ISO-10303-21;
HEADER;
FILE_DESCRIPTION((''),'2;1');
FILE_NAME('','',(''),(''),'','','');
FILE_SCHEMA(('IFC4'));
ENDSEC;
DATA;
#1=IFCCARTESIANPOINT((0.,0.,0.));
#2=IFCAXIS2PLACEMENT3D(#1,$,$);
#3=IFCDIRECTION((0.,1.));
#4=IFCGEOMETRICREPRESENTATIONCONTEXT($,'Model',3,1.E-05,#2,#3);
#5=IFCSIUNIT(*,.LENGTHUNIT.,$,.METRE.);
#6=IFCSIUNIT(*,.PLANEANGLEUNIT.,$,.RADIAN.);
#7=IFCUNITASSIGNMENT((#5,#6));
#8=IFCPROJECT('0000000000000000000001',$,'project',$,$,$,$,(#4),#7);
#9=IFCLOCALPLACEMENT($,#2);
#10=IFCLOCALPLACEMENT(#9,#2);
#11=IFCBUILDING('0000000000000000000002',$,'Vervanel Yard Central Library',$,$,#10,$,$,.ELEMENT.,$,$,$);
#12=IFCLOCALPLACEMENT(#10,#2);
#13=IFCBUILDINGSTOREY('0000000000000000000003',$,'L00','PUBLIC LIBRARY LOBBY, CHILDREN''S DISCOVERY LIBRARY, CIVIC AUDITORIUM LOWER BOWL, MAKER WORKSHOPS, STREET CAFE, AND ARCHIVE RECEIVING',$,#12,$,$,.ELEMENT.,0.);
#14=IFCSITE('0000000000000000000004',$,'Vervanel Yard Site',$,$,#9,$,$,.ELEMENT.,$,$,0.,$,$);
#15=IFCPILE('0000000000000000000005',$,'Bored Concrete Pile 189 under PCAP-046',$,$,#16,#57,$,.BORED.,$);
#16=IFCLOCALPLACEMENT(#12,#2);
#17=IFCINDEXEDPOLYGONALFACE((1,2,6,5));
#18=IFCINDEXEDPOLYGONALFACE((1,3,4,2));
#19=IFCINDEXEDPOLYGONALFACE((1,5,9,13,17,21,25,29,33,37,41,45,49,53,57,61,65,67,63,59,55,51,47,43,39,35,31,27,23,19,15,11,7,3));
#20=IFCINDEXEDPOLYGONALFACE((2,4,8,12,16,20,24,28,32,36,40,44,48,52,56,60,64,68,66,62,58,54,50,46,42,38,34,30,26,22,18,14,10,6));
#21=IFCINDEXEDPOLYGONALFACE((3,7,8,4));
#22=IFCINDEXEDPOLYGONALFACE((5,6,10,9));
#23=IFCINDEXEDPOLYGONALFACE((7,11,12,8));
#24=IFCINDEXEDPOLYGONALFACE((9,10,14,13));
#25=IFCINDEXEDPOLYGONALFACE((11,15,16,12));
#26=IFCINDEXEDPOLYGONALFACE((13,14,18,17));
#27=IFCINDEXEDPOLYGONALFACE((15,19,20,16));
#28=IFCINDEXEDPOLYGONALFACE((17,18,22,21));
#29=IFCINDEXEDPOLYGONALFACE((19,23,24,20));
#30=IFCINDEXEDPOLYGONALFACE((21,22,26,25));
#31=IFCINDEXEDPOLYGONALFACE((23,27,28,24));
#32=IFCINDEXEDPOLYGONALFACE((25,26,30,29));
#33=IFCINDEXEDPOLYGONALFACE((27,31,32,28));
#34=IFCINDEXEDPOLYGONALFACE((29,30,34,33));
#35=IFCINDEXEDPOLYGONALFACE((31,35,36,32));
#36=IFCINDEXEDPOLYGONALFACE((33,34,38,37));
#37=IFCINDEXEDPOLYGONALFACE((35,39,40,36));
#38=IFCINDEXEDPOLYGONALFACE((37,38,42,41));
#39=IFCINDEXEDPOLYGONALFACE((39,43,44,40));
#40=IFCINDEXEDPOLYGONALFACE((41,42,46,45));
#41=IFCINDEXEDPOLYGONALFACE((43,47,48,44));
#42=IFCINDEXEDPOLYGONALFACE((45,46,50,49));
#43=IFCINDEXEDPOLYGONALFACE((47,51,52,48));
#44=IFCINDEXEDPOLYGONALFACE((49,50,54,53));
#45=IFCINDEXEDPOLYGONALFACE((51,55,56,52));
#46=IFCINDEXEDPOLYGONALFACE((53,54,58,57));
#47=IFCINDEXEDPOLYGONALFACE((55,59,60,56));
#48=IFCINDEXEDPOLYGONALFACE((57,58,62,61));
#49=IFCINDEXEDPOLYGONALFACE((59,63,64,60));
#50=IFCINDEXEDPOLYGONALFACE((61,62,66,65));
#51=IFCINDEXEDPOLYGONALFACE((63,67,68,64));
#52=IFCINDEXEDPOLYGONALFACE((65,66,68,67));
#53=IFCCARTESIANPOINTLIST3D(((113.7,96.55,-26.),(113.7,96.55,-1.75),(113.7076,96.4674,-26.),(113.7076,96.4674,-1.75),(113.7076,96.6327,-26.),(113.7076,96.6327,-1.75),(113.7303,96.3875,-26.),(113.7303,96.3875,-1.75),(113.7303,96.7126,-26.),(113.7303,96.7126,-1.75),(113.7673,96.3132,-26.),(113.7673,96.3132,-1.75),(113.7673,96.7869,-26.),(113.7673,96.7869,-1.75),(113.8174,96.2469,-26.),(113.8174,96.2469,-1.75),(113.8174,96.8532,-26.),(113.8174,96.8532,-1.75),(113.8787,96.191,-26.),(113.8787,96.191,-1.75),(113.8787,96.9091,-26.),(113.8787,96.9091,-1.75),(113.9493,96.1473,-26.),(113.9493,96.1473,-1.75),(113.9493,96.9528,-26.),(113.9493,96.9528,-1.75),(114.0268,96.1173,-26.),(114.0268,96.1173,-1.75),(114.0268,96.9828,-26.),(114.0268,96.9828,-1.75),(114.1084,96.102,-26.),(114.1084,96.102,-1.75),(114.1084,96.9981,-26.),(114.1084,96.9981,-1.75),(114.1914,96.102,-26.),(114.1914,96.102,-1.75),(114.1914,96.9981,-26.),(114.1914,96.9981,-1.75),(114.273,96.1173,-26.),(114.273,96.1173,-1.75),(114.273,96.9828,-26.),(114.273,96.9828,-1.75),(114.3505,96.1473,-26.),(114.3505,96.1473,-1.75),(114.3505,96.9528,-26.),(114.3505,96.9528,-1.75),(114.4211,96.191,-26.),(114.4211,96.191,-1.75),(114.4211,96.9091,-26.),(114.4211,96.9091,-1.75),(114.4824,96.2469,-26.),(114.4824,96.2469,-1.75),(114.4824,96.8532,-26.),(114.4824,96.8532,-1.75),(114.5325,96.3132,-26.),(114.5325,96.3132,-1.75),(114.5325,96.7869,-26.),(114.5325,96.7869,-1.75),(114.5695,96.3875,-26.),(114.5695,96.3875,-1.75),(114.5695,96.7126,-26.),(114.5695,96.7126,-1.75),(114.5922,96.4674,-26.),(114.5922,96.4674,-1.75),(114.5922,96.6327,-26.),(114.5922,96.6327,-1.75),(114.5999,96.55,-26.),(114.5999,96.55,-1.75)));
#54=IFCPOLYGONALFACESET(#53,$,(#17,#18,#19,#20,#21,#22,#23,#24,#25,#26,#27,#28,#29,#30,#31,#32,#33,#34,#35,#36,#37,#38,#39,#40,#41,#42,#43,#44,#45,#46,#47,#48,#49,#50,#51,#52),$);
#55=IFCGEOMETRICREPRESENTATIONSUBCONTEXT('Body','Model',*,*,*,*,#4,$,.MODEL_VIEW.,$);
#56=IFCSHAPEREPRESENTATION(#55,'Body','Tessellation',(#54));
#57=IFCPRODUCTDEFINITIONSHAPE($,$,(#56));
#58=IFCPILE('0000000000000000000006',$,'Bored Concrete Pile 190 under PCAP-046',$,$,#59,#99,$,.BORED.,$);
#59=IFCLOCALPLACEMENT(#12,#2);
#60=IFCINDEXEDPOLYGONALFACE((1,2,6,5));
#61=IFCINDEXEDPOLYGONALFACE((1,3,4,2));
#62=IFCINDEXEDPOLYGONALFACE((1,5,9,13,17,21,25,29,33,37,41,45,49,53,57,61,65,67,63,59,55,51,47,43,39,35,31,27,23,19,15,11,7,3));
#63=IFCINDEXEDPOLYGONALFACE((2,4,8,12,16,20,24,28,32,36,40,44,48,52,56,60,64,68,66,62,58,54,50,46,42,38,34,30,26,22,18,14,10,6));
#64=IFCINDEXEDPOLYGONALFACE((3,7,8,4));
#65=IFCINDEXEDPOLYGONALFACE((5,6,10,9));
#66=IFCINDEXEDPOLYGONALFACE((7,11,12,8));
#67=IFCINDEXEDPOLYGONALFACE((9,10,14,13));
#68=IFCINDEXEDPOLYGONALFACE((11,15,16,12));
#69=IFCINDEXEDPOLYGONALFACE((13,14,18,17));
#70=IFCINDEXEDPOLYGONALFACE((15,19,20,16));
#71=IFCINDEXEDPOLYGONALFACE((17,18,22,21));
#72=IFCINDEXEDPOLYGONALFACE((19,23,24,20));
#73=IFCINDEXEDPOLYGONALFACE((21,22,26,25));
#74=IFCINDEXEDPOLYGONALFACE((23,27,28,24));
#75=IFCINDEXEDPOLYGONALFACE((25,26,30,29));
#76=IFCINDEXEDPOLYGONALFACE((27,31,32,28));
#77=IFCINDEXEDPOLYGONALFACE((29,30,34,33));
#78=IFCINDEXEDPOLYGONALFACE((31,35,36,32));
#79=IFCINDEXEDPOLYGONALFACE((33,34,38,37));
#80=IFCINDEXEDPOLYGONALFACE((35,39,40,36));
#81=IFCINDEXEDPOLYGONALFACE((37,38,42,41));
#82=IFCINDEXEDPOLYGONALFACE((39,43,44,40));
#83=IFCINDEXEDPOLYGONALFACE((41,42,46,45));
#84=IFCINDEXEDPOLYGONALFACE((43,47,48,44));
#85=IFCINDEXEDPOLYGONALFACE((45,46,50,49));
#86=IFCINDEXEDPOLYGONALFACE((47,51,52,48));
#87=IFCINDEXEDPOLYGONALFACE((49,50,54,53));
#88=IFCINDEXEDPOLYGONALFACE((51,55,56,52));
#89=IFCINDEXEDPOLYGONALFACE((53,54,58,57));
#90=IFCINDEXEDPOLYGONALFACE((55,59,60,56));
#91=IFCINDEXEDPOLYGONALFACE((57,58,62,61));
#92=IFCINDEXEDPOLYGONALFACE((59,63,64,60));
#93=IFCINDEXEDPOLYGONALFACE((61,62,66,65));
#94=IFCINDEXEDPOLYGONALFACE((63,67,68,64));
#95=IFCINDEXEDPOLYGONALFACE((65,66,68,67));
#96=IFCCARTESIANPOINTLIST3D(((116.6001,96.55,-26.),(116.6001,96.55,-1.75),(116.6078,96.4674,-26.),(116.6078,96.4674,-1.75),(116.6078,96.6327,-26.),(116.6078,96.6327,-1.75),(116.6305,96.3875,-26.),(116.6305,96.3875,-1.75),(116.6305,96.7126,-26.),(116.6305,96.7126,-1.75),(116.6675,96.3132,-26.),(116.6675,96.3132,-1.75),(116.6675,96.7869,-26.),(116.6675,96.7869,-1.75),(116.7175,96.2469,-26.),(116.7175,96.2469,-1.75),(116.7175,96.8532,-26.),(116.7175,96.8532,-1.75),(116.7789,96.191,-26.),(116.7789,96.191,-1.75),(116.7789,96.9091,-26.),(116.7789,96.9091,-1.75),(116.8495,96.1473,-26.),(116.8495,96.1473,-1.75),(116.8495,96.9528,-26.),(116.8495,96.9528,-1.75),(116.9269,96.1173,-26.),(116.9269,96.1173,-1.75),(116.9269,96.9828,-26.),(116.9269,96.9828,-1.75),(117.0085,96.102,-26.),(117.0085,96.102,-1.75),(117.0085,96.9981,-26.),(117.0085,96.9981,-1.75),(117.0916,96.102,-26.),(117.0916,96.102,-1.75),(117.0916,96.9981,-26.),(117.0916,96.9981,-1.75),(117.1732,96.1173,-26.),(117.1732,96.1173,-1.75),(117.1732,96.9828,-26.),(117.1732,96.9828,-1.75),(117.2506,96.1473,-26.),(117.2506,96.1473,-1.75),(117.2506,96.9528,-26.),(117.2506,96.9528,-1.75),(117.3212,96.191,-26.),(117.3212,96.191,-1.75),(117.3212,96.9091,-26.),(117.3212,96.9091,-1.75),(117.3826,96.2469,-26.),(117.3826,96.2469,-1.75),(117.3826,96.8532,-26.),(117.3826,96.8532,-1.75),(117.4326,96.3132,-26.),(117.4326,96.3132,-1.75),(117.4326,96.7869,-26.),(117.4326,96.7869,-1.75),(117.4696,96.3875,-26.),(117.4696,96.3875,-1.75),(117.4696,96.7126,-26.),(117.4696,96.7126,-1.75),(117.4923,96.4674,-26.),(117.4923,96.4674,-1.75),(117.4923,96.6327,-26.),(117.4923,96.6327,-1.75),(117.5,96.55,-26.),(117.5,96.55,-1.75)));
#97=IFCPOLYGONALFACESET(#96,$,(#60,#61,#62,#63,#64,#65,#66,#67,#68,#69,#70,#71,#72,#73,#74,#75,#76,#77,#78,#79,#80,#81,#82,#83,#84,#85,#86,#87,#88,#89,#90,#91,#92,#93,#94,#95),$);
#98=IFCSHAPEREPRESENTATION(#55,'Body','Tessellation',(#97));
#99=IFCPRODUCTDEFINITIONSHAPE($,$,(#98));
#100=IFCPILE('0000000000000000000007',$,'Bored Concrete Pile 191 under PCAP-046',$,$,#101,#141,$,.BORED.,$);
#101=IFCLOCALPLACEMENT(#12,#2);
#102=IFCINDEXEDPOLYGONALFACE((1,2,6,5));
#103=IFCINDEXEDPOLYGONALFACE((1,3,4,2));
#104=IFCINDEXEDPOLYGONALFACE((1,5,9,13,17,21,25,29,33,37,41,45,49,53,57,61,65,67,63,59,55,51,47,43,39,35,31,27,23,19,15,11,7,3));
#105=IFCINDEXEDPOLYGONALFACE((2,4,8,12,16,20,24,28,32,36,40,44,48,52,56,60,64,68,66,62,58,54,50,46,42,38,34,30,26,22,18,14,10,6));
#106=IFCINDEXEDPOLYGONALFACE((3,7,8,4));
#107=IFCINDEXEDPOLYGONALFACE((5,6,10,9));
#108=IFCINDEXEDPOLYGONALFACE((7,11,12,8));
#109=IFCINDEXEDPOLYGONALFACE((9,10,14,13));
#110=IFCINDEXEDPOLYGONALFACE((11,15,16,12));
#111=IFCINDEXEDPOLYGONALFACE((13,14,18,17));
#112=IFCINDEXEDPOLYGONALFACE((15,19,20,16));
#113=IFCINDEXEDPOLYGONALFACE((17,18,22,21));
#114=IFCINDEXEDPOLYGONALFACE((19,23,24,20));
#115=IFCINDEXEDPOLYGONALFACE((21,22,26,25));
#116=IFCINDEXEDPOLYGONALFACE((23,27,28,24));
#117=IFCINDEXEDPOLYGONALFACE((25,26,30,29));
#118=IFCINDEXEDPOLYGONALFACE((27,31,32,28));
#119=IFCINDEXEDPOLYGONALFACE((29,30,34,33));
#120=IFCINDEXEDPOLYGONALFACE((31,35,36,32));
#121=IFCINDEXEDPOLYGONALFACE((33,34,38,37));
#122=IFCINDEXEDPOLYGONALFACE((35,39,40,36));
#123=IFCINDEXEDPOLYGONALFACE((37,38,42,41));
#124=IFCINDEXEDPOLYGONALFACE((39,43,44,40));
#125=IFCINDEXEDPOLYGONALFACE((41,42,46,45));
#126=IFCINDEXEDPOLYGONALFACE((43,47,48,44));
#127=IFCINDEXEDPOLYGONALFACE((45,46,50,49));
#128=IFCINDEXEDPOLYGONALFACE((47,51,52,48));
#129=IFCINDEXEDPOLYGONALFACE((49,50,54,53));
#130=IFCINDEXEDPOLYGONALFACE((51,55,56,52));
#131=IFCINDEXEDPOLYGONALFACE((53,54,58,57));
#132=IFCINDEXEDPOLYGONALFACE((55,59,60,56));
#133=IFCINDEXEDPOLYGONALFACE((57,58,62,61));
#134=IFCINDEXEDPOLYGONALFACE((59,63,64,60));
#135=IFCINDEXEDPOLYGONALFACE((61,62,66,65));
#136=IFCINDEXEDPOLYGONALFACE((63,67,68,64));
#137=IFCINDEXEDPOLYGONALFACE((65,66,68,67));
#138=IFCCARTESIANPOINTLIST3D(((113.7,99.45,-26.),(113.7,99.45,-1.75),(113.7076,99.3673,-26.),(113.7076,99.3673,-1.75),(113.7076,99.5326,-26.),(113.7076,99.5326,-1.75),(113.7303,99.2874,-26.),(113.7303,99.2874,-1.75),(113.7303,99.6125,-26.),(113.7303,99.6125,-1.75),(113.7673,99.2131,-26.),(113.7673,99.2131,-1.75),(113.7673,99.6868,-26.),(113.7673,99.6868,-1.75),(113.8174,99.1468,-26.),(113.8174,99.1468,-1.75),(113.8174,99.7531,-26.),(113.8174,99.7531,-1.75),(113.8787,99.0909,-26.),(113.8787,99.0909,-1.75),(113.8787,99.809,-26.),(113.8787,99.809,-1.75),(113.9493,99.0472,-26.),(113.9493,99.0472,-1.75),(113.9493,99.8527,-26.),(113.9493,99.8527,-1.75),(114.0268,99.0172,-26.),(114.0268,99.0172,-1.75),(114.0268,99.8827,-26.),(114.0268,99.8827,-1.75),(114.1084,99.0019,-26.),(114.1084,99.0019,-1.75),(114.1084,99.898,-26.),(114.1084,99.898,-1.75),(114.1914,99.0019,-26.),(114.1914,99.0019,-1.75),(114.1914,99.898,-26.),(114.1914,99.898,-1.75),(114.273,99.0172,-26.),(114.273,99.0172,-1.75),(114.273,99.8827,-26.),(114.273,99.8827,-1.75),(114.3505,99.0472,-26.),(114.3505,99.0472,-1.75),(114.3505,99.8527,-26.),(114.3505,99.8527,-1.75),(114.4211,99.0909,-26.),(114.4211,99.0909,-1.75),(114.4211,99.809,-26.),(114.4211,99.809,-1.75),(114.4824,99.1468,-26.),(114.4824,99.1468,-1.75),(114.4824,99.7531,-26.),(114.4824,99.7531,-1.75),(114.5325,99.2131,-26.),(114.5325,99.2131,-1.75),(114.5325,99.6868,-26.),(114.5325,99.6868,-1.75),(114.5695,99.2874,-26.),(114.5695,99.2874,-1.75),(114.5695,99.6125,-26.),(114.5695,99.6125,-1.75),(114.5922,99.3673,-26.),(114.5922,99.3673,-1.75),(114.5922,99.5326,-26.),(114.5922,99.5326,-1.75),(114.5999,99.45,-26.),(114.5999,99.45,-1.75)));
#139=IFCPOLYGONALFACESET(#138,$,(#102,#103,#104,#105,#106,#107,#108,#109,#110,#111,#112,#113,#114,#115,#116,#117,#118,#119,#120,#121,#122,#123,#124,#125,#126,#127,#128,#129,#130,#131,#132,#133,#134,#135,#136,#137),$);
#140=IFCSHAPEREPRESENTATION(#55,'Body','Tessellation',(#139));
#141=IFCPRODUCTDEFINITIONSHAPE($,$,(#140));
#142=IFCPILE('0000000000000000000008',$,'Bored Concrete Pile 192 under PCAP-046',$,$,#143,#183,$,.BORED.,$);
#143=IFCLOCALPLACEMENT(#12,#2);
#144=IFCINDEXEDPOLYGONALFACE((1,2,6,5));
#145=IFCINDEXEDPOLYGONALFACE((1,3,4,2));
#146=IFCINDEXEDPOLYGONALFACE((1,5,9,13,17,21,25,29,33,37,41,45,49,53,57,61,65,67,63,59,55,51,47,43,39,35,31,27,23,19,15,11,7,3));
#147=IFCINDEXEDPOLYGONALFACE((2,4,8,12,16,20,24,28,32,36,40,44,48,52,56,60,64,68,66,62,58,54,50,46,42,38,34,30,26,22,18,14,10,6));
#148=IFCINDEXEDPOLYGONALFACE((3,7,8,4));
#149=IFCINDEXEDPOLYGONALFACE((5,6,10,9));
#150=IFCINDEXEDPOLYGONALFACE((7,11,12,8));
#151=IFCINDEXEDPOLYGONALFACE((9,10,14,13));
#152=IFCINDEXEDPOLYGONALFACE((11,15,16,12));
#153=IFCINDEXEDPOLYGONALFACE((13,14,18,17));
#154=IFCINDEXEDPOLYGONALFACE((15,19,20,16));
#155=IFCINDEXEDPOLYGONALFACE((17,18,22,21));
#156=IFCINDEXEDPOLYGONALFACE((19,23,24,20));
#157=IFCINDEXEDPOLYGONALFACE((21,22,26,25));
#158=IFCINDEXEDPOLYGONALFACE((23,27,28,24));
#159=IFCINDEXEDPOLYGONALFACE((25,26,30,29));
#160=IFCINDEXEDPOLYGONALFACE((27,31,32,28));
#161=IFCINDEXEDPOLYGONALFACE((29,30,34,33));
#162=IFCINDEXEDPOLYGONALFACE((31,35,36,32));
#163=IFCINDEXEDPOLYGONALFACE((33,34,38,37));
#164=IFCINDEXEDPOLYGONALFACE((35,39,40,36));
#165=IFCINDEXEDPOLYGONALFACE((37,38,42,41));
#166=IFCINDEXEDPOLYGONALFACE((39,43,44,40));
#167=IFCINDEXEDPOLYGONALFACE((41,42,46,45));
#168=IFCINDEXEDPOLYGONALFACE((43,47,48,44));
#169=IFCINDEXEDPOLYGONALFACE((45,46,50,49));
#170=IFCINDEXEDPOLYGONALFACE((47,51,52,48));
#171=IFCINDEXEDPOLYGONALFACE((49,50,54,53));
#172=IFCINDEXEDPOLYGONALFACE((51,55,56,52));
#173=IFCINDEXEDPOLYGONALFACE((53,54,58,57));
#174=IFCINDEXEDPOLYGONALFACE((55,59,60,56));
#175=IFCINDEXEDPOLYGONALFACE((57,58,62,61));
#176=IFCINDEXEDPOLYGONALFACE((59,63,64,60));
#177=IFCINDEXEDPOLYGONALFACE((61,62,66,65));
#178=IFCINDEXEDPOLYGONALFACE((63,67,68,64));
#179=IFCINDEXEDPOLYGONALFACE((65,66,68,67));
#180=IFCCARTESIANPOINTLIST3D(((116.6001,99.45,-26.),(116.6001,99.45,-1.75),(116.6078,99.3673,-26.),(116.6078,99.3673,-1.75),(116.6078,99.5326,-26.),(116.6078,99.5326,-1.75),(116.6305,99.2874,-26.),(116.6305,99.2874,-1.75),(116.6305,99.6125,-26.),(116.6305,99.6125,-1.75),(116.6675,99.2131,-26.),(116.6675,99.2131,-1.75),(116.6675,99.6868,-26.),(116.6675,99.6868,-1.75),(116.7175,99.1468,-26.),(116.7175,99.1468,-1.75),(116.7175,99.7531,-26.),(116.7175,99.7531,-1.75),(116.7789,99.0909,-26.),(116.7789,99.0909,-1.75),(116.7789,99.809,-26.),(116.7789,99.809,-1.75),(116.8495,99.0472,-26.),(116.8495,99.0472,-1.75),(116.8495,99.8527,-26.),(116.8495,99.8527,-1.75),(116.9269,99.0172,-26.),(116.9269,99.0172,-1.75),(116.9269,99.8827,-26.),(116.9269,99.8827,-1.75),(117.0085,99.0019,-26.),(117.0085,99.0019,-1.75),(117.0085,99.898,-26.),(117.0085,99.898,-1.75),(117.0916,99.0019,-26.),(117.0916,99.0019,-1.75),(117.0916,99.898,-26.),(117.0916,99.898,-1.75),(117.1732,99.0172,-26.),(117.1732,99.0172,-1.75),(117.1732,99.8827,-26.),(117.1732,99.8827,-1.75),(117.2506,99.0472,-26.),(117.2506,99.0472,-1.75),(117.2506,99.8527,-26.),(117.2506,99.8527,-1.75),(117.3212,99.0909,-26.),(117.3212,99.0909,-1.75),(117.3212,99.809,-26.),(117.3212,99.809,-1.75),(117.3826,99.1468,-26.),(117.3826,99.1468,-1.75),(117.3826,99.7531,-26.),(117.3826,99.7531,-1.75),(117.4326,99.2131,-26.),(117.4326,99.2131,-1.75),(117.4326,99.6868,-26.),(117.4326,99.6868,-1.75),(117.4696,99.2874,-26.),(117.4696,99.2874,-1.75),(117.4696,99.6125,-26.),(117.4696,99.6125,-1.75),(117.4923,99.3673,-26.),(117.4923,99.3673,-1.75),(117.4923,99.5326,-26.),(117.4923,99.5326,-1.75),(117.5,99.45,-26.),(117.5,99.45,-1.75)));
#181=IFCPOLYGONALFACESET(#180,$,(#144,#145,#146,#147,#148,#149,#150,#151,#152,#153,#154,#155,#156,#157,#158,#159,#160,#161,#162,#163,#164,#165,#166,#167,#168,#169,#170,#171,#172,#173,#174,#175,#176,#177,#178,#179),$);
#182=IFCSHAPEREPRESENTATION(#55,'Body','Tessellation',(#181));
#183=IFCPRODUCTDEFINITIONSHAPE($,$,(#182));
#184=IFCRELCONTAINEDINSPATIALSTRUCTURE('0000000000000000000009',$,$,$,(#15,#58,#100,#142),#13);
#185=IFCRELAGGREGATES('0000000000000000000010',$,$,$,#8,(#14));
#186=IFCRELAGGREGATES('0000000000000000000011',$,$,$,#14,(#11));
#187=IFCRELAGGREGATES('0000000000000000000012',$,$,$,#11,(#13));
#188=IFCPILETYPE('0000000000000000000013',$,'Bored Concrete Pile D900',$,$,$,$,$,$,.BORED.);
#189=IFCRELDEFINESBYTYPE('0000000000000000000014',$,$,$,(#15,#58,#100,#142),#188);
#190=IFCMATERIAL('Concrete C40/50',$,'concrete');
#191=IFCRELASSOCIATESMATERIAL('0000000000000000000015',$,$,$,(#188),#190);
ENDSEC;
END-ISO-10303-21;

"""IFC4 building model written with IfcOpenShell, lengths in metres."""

from ifc_helpers import new_model, si_unit, direction, frame, origin, origin_2d, place, context, subcontext, project, spatial, circle, extrude, material, material_profile, profile_set, type_object, element, save


model = new_model("IFC4")

# Units and contexts
model_context = context("Model", 3, precision=1e-05, world=origin(), true_north=direction((0.0, 1.0)))
body_context = subcontext(model_context, "Body", "Model", "MODEL_VIEW")
ifc_project = project(units=[si_unit("LENGTHUNIT", "METRE"), si_unit("PLANEANGLEUNIT", "RADIAN")], contexts=[model_context])

# Site, building, storey
site_placement = place(None, origin())
site = spatial("IfcSite", under=ifc_project, at=site_placement, Name="Vervanel Yard Site", CompositionType="ELEMENT", RefElevation=0.0)
building_placement = place(site_placement, origin())
building = spatial("IfcBuilding", under=site, at=building_placement, Name="Vervanel Yard Central Library", CompositionType="ELEMENT")
storey_placement = place(building_placement, origin())
storey = spatial("IfcBuildingStorey", under=building, at=storey_placement, Name="L00", Description="PUBLIC LIBRARY LOBBY, CHILDREN'S DISCOVERY LIBRARY, CIVIC AUDITORIUM LOWER BOWL, MAKER WORKSHOPS, STREET CAFE, AND ARCHIVE RECEIVING", CompositionType="ELEMENT", Elevation=0.0)

# Piles
ifc_material_1 = material(Name="Concrete C40/50", Category="concrete")
ifc_material_profile_1 = material_profile(ifc_material_1, circle(Radius=0.45, at=origin_2d()), Name="BP D900", Category="concrete")
ifc_profile_set_1 = profile_set([ifc_material_profile_1], Name="Concrete C40/50")
pile_type = type_object("IfcPileType", Name="Bored Concrete Pile D900", PredefinedType="BORED", material=ifc_profile_set_1)
for number, where, z_axis, x_axis, name in (
    (1, (114.1499, 96.55, -1.75), (0.0, 0.0, -1.0), (1.0, 0.0, 0.0), "Bored Concrete Pile 189 under PCAP-046"),
    (2, (117.05, 96.55, -1.75), (0.0, 0.0, -1.0), (1.0, 0.0, 0.0), "Bored Concrete Pile 190 under PCAP-046"),
    (3, (114.1499, 99.45, -1.75), (0.0, 0.0, -1.0), (1.0, 0.0, 0.0), "Bored Concrete Pile 191 under PCAP-046"),
    (4, (117.05, 99.45, -1.75), (0.0, 0.0, -1.0), (1.0, 0.0, 0.0), "Bored Concrete Pile 192 under PCAP-046"),
):
    element("IfcPile", number, at=place(storey_placement, frame(where, z_axis=z_axis, x_axis=x_axis)), inside=storey, type_object=pile_type, Name=name, PredefinedType="BORED", context=body_context, shape_type="SweptSolid", body=[
        extrude(circle(Radius=0.45, at=origin_2d()), origin(), (0.0, 0.0, 1.0), 24.25),
    ])

save(model, "model.ifc")
